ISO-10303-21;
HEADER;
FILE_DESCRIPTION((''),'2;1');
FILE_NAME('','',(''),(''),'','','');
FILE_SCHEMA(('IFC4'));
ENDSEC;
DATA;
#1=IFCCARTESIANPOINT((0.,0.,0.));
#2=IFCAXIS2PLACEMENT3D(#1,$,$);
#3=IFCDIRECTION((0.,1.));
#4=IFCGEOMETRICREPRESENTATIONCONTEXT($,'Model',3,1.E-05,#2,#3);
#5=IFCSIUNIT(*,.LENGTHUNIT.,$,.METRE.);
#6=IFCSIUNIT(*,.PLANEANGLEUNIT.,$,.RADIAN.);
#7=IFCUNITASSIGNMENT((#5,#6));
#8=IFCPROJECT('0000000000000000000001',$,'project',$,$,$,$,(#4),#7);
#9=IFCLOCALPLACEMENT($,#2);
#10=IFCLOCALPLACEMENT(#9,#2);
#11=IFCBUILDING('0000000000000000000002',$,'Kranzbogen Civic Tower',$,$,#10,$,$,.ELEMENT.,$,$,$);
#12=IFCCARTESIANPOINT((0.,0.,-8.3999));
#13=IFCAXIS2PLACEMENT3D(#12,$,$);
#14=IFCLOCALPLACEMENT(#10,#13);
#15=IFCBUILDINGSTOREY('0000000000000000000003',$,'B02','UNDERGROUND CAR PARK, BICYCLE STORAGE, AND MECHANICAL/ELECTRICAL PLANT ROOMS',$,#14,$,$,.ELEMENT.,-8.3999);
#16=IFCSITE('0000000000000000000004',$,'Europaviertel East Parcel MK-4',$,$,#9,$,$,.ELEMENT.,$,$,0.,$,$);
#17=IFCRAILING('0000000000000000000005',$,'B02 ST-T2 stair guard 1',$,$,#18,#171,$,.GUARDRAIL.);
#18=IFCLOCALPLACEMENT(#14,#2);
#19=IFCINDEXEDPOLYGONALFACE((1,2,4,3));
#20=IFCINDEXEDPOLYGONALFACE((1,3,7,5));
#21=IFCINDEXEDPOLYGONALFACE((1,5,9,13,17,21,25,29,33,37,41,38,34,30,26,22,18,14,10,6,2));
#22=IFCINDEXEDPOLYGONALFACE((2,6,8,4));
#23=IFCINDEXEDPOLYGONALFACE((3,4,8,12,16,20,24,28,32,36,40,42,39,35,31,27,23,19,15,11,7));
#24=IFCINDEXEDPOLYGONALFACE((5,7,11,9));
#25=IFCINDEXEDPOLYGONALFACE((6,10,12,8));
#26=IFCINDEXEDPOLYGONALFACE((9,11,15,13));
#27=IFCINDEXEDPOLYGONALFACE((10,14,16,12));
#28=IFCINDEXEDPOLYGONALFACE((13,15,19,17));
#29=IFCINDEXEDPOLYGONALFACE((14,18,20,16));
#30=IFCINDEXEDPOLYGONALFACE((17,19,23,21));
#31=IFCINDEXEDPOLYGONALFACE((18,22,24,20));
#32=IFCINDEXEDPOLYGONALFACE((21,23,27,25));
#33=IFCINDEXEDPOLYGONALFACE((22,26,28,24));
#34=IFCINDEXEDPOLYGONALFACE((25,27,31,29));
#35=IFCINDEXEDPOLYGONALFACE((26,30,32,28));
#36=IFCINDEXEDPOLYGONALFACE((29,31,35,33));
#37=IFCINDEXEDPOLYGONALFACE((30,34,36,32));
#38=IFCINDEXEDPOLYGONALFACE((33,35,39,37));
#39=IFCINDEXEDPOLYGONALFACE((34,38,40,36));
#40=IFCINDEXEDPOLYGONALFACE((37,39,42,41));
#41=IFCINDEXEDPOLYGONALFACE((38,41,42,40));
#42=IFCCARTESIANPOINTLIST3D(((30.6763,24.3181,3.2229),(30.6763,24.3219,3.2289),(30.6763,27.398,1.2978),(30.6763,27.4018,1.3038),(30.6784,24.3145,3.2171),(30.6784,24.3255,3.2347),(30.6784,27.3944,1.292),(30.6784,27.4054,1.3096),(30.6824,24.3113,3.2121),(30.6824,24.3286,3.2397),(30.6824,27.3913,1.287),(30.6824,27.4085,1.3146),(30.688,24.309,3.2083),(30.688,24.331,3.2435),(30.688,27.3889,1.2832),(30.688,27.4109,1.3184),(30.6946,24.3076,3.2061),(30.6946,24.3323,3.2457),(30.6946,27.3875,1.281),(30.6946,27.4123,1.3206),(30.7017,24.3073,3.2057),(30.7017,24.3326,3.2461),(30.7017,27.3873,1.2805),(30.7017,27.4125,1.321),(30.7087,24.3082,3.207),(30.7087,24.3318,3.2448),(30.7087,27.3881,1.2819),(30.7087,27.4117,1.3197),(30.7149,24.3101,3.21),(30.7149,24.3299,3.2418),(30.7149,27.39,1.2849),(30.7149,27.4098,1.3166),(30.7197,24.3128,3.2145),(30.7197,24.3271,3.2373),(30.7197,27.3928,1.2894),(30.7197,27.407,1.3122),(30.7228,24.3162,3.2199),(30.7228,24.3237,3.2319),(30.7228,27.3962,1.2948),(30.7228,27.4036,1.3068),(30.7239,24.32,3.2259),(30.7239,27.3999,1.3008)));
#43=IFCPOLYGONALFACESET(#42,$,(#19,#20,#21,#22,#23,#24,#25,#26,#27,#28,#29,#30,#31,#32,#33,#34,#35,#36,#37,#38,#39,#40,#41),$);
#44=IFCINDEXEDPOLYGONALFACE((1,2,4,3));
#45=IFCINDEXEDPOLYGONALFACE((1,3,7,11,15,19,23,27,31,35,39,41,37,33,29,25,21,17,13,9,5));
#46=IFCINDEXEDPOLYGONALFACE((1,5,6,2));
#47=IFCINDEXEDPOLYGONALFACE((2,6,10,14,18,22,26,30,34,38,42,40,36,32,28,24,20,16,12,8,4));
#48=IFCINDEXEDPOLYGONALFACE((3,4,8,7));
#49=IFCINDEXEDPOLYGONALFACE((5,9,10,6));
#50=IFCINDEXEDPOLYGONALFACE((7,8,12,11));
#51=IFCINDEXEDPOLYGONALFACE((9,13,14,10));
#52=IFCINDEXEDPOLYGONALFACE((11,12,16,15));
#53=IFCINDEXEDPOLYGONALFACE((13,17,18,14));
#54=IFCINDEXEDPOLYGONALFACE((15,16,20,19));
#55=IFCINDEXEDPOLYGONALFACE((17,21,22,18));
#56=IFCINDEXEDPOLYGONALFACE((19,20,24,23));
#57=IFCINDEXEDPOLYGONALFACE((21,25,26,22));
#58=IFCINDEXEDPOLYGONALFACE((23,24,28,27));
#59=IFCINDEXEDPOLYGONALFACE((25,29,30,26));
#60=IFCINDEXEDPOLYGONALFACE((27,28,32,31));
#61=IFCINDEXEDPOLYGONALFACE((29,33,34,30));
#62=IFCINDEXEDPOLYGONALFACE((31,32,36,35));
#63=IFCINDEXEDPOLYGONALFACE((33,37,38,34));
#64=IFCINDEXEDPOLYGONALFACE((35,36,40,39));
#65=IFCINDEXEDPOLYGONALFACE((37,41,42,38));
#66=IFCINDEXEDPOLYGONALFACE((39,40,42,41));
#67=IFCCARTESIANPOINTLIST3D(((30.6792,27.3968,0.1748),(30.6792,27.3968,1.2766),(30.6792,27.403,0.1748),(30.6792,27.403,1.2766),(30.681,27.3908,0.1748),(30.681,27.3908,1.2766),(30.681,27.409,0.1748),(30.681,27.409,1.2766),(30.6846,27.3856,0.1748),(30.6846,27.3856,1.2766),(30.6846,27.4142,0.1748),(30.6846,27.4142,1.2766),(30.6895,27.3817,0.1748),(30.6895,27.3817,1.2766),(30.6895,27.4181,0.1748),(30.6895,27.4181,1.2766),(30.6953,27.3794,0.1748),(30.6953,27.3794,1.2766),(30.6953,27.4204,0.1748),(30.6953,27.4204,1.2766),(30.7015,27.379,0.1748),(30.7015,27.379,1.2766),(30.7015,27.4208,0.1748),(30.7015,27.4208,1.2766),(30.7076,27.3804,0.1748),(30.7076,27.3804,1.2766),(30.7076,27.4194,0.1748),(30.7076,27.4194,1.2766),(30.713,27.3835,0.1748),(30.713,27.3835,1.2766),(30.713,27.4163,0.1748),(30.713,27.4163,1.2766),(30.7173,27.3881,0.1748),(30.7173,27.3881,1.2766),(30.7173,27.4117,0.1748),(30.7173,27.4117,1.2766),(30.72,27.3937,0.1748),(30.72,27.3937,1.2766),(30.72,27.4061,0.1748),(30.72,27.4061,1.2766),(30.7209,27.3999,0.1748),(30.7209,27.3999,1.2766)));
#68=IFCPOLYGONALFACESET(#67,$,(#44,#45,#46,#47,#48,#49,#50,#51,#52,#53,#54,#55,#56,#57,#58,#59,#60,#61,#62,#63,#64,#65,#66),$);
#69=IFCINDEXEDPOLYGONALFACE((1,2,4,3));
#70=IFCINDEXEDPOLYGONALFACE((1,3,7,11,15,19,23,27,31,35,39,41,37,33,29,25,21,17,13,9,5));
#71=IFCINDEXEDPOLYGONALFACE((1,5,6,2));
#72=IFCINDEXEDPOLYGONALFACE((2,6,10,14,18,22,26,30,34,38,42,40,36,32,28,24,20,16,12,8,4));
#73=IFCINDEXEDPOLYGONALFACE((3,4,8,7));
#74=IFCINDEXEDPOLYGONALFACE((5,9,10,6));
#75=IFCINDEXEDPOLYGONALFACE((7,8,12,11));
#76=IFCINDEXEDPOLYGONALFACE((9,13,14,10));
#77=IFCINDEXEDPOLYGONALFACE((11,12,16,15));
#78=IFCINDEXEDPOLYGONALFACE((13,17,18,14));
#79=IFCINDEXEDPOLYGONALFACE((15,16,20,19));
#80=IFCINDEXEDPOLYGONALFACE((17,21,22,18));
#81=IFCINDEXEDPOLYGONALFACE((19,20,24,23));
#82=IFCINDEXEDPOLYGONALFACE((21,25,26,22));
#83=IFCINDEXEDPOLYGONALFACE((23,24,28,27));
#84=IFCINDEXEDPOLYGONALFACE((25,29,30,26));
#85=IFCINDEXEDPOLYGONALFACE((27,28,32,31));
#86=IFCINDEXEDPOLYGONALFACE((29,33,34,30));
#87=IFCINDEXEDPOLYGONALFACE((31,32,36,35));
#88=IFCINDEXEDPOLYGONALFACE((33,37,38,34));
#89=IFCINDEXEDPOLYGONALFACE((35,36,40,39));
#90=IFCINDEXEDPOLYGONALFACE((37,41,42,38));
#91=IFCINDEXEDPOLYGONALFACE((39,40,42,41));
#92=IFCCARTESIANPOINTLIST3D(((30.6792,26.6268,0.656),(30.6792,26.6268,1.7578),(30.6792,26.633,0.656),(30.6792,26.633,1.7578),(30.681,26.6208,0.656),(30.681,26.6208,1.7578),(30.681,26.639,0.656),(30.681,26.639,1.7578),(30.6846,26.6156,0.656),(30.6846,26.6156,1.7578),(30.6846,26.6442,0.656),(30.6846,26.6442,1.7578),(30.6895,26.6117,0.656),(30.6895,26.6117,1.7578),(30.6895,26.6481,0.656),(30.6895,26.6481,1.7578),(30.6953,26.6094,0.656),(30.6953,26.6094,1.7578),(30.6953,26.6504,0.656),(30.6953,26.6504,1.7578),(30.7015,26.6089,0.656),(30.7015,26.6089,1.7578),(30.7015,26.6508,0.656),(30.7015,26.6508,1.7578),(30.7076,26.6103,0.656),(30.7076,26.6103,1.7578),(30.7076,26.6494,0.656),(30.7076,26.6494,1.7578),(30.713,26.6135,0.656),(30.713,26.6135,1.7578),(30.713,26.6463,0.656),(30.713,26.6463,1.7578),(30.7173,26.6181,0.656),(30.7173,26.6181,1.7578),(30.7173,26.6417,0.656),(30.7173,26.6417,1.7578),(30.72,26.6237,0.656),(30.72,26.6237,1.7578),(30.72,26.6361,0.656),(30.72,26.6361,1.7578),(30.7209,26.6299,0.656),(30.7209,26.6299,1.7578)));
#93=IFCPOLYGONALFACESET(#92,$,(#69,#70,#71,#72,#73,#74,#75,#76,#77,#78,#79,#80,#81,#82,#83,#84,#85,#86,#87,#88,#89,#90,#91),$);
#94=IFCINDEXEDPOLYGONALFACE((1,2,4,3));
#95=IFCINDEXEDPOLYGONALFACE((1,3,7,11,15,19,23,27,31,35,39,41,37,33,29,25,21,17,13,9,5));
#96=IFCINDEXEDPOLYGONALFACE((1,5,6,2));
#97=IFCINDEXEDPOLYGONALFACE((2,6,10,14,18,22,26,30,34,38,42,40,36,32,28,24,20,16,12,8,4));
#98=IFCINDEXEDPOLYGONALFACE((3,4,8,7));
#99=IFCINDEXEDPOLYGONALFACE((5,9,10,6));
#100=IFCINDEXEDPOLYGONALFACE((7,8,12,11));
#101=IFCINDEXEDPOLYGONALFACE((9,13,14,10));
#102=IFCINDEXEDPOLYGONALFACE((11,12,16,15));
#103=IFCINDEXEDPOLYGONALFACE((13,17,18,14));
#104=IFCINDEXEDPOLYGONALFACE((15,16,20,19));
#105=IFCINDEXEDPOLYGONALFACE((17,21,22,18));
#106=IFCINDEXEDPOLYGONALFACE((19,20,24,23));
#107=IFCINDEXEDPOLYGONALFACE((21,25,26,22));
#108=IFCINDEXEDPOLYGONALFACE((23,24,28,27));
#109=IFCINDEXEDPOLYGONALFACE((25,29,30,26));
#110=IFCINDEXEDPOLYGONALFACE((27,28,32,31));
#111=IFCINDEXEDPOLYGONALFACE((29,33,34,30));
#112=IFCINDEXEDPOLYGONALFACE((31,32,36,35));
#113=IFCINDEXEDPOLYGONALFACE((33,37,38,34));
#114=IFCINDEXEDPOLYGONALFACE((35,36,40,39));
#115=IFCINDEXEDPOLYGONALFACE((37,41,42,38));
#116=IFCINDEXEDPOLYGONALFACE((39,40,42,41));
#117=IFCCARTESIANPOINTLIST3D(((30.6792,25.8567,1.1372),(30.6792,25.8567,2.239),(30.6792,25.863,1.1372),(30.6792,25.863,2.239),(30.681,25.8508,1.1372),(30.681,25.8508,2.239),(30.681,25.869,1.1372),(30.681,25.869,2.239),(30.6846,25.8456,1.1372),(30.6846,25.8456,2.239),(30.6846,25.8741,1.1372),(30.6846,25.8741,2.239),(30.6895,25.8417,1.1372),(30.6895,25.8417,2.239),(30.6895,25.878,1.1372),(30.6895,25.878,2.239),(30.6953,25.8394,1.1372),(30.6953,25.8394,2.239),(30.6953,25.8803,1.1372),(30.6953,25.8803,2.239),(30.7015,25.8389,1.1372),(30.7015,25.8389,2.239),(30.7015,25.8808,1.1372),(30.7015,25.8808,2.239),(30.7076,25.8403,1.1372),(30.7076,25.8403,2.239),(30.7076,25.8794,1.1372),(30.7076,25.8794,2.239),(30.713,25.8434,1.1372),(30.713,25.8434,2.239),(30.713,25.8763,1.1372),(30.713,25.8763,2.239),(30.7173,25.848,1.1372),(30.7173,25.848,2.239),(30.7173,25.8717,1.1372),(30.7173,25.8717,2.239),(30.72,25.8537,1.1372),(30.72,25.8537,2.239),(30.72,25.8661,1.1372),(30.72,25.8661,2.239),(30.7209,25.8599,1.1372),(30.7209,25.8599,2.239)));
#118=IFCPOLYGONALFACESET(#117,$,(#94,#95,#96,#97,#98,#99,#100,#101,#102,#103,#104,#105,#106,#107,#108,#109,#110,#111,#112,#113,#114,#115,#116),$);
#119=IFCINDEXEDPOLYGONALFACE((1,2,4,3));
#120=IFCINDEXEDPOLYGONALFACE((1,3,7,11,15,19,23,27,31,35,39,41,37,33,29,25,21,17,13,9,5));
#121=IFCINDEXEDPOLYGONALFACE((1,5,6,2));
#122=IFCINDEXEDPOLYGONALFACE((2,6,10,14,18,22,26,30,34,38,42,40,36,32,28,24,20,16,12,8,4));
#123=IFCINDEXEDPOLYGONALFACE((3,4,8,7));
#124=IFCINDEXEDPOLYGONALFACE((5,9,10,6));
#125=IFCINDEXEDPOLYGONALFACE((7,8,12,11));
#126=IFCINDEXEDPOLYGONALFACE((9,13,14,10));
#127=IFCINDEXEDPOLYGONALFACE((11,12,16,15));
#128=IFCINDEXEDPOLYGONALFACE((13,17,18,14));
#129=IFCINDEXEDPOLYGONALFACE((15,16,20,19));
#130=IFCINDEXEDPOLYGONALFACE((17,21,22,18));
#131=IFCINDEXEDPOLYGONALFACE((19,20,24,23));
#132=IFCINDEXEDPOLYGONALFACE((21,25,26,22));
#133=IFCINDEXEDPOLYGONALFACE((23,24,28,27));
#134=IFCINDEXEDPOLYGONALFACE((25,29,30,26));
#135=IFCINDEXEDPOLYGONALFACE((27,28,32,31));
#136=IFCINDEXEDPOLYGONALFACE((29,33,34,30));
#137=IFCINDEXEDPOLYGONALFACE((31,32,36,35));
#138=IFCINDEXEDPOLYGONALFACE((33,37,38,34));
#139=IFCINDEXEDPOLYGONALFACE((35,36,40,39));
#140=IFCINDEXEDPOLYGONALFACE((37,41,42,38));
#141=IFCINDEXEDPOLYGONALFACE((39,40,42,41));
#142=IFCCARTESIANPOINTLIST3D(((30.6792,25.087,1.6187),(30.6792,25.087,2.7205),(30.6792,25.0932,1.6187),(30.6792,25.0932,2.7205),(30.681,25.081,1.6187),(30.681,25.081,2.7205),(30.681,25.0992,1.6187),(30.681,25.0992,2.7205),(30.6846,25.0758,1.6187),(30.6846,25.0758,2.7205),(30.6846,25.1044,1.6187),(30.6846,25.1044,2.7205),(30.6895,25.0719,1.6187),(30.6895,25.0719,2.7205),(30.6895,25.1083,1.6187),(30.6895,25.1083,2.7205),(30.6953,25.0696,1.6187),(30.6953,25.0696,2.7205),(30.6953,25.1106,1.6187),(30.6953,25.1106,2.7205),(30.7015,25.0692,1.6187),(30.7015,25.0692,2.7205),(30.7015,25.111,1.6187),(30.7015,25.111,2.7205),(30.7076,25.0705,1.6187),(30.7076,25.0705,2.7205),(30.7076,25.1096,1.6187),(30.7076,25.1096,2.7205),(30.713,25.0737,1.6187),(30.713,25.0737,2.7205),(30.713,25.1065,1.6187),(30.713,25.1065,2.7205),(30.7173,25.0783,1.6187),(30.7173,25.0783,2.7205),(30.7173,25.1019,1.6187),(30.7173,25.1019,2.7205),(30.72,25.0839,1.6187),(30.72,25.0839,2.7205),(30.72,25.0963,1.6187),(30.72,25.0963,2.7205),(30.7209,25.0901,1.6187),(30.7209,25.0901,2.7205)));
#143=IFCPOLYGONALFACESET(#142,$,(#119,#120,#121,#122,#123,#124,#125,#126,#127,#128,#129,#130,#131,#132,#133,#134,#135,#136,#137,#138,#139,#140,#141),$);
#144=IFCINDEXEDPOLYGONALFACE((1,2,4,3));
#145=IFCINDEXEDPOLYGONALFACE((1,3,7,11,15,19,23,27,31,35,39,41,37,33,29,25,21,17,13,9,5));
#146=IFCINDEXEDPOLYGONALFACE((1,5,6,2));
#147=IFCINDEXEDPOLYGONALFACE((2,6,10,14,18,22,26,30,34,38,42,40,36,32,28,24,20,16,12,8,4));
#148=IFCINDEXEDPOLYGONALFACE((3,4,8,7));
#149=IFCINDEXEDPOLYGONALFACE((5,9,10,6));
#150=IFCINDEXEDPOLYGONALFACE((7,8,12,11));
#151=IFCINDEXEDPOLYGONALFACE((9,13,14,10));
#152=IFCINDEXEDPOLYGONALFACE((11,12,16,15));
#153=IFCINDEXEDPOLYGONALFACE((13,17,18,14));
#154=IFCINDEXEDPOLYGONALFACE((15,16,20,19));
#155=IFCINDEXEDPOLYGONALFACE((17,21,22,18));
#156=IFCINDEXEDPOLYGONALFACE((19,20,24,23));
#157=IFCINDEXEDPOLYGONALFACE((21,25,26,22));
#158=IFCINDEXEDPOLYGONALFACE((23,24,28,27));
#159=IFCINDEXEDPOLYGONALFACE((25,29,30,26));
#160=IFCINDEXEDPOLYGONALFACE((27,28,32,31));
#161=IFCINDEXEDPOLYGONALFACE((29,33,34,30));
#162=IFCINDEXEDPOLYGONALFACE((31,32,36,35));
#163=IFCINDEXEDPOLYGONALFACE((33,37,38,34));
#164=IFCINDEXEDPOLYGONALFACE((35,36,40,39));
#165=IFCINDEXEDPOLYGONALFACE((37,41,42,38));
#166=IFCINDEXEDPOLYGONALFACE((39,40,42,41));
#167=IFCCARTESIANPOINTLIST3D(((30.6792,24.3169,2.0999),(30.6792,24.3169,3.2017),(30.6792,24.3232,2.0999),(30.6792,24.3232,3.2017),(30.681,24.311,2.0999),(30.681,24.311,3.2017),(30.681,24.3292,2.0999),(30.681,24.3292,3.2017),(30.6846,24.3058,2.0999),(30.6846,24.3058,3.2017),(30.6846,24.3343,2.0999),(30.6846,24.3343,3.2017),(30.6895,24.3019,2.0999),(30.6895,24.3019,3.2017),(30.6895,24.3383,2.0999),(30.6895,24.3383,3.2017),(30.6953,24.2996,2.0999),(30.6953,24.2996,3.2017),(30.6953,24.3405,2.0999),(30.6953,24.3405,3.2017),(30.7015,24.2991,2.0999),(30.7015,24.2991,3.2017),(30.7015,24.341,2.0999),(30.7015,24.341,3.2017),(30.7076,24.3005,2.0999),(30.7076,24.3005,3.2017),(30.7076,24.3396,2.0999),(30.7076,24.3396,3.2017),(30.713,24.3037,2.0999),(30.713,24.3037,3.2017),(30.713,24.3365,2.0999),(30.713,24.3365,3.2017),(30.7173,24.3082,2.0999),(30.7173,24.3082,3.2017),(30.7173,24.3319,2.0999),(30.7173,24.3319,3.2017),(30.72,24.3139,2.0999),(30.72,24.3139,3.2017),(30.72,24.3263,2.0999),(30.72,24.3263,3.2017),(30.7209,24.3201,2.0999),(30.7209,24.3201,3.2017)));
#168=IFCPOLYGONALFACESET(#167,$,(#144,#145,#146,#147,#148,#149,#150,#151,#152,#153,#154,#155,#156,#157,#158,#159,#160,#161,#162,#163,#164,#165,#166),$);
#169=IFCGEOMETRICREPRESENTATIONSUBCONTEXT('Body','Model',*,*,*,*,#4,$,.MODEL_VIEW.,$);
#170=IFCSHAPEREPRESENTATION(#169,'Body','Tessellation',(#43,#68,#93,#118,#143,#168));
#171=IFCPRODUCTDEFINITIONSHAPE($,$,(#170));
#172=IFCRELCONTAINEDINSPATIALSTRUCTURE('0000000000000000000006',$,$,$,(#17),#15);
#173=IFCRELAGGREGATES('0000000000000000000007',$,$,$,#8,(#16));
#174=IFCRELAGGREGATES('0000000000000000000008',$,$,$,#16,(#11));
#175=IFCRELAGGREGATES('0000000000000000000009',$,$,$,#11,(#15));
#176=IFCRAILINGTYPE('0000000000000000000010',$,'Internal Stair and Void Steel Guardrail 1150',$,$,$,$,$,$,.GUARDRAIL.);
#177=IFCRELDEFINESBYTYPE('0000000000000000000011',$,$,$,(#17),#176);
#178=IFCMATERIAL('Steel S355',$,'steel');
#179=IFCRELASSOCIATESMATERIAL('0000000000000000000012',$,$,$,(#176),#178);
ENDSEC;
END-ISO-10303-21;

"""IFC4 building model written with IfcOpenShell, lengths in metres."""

from ifc_helpers import new_model, si_unit, direction, frame, origin, origin_2d, place, context, subcontext, project, spatial, circle, extrude, material, type_object, element, save


model = new_model("IFC4")

# Units and contexts
model_context = context("Model", 3, precision=1e-05, world=origin(), true_north=direction((0.0, 1.0)))
body_context = subcontext(model_context, "Body", "Model", "MODEL_VIEW")
ifc_project = project(units=[si_unit("LENGTHUNIT", "METRE"), si_unit("PLANEANGLEUNIT", "RADIAN")], contexts=[model_context])

# Site, building, storey
site_placement = place(None, origin())
site = spatial("IfcSite", under=ifc_project, at=site_placement, Name="Europaviertel East Parcel MK-4", CompositionType="ELEMENT", RefElevation=0.0)
building_placement = place(site_placement, origin())
building = spatial("IfcBuilding", under=site, at=building_placement, Name="Kranzbogen Civic Tower", CompositionType="ELEMENT")
storey_placement = place(building_placement, frame((0.0, 0.0, -8.3999)))
storey = spatial("IfcBuildingStorey", under=building, at=storey_placement, Name="B02", Description="UNDERGROUND CAR PARK, BICYCLE STORAGE, AND MECHANICAL/ELECTRICAL PLANT ROOMS", CompositionType="ELEMENT", Elevation=-8.3999)

# Shared definitions
ifc_material_1 = material(Name="Steel S355", Category="steel")

# Railing
railing_type_1 = type_object("IfcRailingType", Name="Internal Stair and Void Steel Guardrail 1150", PredefinedType="GUARDRAIL", material=ifc_material_1)
railing_1_placement = place(storey_placement, frame((30.7, 27.3999, 0.1748)))
element("IfcRailing", 1, at=railing_1_placement, inside=storey, type_object=railing_type_1, Name="B02 ST-T2 stair guard 1", PredefinedType="GUARDRAIL", context=body_context, shape_type="SweptSolid", body=[
    extrude(circle(Radius=0.0239, at=origin_2d()), frame((0.0, 0.0, 1.126), z_axis=(0.0, -0.847979, 0.530029), x_axis=(1.0, 0.0, 0.0)), (0.0, 0.0, 1.0), 3.6321),
    extrude(circle(Radius=0.021, at=origin_2d()), origin(), (0.0, 0.0, 1.0), 1.1018),
    extrude(circle(Radius=0.021, at=origin_2d()), frame((0.0, -0.77, 0.4812)), (0.0, 0.0, 1.0), 1.1018),
    extrude(circle(Radius=0.021, at=origin_2d()), frame((0.0, -1.54, 0.9624)), (0.0, 0.0, 1.0), 1.1018),
    extrude(circle(Radius=0.021, at=origin_2d()), frame((0.0, -2.3098, 1.4438)), (0.0, 0.0, 1.0), 1.1018),
    extrude(circle(Radius=0.021, at=origin_2d()), frame((0.0, -3.0798, 1.925)), (0.0, 0.0, 1.0), 1.1018),
])

save(model, "model.ifc")
